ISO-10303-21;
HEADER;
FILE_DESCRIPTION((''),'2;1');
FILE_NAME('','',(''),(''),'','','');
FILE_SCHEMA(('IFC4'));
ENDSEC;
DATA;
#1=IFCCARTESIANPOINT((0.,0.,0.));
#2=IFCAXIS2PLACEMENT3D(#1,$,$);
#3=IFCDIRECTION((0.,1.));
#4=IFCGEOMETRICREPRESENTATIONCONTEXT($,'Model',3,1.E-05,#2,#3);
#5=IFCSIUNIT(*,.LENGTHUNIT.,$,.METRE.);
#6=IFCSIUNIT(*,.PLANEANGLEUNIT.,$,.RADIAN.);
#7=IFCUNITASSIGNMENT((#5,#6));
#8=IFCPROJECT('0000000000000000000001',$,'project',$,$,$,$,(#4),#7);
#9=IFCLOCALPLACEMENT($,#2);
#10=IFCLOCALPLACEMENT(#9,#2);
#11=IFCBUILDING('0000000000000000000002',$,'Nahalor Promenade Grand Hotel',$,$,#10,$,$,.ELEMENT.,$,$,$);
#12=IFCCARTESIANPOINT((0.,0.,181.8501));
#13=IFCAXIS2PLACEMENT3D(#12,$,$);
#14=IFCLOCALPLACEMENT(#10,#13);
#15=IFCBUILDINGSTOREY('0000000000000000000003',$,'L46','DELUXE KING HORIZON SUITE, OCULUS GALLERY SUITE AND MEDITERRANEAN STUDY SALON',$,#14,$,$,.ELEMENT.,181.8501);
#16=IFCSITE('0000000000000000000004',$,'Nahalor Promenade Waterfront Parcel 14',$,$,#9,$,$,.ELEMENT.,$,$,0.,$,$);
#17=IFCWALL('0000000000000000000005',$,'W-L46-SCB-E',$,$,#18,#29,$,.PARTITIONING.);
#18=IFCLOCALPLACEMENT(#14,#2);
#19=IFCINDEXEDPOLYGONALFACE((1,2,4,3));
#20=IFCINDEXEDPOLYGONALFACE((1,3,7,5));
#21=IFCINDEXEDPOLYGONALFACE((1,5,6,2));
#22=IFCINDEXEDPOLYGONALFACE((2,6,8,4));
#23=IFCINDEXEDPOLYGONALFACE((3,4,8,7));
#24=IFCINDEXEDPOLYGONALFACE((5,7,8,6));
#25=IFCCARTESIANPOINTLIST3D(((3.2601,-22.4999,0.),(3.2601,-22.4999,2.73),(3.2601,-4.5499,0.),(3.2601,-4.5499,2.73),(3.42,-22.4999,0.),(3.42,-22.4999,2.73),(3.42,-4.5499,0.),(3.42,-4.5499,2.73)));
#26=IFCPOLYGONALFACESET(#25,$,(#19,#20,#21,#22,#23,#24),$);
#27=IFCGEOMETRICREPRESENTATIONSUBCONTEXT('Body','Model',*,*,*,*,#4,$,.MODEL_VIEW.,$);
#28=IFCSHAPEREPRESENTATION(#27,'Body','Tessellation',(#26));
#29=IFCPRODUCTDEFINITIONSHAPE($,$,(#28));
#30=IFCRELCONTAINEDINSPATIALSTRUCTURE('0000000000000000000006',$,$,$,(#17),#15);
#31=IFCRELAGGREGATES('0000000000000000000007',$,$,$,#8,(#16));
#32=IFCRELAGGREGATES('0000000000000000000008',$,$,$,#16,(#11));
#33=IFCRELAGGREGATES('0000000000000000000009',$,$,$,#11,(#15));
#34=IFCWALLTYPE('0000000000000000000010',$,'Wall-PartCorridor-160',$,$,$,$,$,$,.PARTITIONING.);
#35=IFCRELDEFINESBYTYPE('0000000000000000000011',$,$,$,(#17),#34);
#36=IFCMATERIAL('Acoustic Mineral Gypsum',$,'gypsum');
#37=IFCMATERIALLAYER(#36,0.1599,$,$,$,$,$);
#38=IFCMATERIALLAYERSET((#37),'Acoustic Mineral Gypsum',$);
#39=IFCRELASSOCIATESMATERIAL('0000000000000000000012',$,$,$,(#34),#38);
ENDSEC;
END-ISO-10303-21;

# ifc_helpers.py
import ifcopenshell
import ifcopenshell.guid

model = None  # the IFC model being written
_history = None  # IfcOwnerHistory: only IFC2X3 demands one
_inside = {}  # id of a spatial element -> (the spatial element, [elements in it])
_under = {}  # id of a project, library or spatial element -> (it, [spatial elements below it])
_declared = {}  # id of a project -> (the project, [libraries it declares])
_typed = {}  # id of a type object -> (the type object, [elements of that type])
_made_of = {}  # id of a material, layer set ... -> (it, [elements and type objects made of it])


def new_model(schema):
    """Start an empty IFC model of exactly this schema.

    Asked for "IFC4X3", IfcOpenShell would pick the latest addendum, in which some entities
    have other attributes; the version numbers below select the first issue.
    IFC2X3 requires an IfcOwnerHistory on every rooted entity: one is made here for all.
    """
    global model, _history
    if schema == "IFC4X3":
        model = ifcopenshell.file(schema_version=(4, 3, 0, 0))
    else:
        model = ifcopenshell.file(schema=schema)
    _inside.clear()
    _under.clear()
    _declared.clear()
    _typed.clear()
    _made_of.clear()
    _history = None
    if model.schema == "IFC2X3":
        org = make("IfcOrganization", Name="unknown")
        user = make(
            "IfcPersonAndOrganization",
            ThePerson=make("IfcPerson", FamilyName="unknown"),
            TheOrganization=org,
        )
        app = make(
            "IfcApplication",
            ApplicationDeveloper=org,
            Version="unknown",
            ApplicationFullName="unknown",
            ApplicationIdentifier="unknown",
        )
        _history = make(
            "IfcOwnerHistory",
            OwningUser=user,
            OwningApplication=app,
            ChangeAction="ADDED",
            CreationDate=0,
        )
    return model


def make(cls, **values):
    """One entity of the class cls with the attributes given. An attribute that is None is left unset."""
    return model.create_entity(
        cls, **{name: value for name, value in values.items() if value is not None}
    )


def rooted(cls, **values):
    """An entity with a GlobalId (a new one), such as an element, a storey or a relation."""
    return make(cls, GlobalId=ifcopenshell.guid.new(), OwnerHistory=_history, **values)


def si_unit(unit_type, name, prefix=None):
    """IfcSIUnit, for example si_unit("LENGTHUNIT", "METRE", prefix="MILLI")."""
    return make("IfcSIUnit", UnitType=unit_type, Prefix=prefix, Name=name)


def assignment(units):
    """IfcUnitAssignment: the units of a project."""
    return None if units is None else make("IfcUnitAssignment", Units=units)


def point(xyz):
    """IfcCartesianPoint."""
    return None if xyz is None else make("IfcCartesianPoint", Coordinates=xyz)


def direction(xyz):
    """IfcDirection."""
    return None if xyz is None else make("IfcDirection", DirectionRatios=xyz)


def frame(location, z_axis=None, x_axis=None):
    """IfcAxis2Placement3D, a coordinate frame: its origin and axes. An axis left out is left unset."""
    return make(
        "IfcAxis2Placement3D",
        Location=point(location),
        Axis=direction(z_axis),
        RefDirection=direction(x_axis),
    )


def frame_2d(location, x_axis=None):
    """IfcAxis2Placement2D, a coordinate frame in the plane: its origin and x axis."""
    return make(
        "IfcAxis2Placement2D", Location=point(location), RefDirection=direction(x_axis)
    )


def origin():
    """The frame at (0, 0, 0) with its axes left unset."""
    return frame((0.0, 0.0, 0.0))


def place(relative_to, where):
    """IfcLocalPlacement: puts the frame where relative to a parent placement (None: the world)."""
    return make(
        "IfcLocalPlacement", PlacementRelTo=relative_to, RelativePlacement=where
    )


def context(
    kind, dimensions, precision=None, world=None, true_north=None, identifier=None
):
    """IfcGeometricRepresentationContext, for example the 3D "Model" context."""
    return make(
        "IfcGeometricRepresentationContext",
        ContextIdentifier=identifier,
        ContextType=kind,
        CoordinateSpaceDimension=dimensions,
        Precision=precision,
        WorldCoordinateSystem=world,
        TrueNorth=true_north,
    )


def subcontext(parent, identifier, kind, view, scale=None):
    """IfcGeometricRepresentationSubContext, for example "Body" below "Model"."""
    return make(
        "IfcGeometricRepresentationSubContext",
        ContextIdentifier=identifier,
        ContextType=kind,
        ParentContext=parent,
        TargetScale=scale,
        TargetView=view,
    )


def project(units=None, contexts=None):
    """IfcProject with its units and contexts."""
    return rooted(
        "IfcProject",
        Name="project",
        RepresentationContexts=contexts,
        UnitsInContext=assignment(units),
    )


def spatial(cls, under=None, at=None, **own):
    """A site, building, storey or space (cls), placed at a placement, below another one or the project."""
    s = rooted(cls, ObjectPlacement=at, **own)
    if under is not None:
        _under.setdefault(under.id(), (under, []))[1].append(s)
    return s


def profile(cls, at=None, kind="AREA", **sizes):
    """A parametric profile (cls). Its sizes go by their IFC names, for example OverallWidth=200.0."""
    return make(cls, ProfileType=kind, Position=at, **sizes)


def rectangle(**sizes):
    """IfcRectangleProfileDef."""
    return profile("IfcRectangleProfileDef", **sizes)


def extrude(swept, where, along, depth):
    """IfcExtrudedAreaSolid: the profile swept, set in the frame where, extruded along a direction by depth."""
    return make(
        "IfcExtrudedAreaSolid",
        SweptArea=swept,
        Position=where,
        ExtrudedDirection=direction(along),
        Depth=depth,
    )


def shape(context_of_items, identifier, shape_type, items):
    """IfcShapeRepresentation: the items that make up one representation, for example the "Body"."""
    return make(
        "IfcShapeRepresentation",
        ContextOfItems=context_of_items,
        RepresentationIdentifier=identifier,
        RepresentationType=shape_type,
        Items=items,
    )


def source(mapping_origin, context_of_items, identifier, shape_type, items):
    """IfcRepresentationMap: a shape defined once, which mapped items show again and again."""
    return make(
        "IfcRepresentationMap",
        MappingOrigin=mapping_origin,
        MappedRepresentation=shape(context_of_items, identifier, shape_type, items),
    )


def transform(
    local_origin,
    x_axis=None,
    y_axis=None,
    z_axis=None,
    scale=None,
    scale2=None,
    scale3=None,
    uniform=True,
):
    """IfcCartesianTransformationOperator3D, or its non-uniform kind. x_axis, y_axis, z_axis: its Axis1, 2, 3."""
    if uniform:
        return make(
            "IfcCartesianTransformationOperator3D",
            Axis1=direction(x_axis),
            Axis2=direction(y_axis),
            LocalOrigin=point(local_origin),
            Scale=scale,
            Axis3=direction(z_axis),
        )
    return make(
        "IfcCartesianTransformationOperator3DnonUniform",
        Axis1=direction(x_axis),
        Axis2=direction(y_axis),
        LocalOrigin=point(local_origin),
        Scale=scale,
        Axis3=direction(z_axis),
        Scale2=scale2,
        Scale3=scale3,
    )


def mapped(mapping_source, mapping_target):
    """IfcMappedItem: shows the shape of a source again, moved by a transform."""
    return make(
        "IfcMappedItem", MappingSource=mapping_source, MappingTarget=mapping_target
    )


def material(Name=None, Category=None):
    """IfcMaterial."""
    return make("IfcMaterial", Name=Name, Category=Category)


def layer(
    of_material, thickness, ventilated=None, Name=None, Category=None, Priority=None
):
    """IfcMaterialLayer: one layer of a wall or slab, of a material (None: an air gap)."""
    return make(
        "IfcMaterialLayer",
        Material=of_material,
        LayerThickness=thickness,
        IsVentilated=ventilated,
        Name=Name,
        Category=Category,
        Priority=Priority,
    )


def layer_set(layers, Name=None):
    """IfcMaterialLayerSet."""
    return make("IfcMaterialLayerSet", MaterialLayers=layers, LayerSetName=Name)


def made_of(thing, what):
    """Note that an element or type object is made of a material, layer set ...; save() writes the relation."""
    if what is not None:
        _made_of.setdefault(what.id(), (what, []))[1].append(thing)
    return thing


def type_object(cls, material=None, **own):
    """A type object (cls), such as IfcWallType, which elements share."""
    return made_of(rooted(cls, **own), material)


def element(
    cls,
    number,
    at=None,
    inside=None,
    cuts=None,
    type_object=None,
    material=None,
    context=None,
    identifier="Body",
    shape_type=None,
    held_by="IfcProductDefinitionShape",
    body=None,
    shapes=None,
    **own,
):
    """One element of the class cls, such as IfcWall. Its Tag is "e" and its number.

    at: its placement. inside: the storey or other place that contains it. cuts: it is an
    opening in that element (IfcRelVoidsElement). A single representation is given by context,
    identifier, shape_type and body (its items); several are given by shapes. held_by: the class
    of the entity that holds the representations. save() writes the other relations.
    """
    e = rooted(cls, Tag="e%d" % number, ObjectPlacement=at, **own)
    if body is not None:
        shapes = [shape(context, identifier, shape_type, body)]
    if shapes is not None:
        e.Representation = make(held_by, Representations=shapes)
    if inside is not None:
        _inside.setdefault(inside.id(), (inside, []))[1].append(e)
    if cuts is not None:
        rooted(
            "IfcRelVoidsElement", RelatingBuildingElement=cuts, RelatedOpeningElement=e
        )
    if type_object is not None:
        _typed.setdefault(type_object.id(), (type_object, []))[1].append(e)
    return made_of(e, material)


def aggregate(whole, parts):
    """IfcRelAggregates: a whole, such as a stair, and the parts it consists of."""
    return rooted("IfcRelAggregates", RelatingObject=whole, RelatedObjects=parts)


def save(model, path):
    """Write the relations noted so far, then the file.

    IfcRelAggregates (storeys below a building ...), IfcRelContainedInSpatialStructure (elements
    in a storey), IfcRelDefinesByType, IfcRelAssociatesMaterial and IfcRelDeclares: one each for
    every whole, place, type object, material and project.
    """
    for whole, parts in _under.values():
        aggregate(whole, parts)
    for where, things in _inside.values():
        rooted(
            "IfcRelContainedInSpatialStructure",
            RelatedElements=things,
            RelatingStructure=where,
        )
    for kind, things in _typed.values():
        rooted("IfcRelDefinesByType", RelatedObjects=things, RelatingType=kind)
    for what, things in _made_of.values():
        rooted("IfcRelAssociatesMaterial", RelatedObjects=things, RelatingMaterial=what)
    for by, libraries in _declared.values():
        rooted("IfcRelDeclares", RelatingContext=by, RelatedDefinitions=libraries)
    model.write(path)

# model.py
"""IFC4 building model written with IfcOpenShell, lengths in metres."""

from ifc_helpers import new_model, si_unit, direction, frame, frame_2d, origin, place, context, subcontext, project, spatial, rectangle, extrude, source, transform, mapped, material, layer, layer_set, type_object, element, save


model = new_model("IFC4")

# Units and contexts
model_context = context("Model", 3, precision=1e-05, world=origin(), true_north=direction((0.0, 1.0)))
body_context = subcontext(model_context, "Body", "Model", "MODEL_VIEW")
ifc_project = project(units=[si_unit("LENGTHUNIT", "METRE"), si_unit("PLANEANGLEUNIT", "RADIAN")], contexts=[model_context])

# Site, building, storey
site_placement = place(None, origin())
site = spatial("IfcSite", under=ifc_project, at=site_placement, Name="Nahalor Promenade Waterfront Parcel 14", CompositionType="ELEMENT", RefElevation=0.0)
building_placement = place(site_placement, origin())
building = spatial("IfcBuilding", under=site, at=building_placement, Name="Nahalor Promenade Grand Hotel", CompositionType="ELEMENT")
storey_placement = place(building_placement, frame((0.0, 0.0, 181.8501)))
storey = spatial("IfcBuildingStorey", under=building, at=storey_placement, Name="L46", Description="DELUXE KING HORIZON SUITE, OCULUS GALLERY SUITE AND MEDITERRANEAN STUDY SALON", CompositionType="ELEMENT", Elevation=181.8501)

# Wall
ifc_material_1 = material(Name="Acoustic Mineral Gypsum", Category="gypsum")
ifc_layer_1 = layer(ifc_material_1, 0.1599)
ifc_layer_set_1 = layer_set([ifc_layer_1], Name="Acoustic Mineral Gypsum")
wall_type_1 = type_object("IfcWallType", Name="Wall-PartCorridor-160", PredefinedType="PARTITIONING", material=ifc_layer_set_1)
shared_shape_1 = source(origin(), body_context, "Body", "SweptSolid", [
    extrude(rectangle(XDim=17.95, YDim=0.1599, at=frame_2d((8.9751, 0.0))), origin(), (0.0, 0.0, 1.0), 2.73),
])
wall_1_placement = place(storey_placement, frame((3.3401, -22.5, 0.0), z_axis=(0.0, 0.0, 1.0), x_axis=(0.0, 1.0, 0.0)))
element("IfcWall", 1, at=wall_1_placement, inside=storey, type_object=wall_type_1, Name="W-L46-SCB-E", PredefinedType="PARTITIONING", context=body_context, shape_type="MappedRepresentation", body=[
    mapped(shared_shape_1, transform((0.0, 0.0, 0.0), scale=1.0)),
])

save(model, "model.ifc")
